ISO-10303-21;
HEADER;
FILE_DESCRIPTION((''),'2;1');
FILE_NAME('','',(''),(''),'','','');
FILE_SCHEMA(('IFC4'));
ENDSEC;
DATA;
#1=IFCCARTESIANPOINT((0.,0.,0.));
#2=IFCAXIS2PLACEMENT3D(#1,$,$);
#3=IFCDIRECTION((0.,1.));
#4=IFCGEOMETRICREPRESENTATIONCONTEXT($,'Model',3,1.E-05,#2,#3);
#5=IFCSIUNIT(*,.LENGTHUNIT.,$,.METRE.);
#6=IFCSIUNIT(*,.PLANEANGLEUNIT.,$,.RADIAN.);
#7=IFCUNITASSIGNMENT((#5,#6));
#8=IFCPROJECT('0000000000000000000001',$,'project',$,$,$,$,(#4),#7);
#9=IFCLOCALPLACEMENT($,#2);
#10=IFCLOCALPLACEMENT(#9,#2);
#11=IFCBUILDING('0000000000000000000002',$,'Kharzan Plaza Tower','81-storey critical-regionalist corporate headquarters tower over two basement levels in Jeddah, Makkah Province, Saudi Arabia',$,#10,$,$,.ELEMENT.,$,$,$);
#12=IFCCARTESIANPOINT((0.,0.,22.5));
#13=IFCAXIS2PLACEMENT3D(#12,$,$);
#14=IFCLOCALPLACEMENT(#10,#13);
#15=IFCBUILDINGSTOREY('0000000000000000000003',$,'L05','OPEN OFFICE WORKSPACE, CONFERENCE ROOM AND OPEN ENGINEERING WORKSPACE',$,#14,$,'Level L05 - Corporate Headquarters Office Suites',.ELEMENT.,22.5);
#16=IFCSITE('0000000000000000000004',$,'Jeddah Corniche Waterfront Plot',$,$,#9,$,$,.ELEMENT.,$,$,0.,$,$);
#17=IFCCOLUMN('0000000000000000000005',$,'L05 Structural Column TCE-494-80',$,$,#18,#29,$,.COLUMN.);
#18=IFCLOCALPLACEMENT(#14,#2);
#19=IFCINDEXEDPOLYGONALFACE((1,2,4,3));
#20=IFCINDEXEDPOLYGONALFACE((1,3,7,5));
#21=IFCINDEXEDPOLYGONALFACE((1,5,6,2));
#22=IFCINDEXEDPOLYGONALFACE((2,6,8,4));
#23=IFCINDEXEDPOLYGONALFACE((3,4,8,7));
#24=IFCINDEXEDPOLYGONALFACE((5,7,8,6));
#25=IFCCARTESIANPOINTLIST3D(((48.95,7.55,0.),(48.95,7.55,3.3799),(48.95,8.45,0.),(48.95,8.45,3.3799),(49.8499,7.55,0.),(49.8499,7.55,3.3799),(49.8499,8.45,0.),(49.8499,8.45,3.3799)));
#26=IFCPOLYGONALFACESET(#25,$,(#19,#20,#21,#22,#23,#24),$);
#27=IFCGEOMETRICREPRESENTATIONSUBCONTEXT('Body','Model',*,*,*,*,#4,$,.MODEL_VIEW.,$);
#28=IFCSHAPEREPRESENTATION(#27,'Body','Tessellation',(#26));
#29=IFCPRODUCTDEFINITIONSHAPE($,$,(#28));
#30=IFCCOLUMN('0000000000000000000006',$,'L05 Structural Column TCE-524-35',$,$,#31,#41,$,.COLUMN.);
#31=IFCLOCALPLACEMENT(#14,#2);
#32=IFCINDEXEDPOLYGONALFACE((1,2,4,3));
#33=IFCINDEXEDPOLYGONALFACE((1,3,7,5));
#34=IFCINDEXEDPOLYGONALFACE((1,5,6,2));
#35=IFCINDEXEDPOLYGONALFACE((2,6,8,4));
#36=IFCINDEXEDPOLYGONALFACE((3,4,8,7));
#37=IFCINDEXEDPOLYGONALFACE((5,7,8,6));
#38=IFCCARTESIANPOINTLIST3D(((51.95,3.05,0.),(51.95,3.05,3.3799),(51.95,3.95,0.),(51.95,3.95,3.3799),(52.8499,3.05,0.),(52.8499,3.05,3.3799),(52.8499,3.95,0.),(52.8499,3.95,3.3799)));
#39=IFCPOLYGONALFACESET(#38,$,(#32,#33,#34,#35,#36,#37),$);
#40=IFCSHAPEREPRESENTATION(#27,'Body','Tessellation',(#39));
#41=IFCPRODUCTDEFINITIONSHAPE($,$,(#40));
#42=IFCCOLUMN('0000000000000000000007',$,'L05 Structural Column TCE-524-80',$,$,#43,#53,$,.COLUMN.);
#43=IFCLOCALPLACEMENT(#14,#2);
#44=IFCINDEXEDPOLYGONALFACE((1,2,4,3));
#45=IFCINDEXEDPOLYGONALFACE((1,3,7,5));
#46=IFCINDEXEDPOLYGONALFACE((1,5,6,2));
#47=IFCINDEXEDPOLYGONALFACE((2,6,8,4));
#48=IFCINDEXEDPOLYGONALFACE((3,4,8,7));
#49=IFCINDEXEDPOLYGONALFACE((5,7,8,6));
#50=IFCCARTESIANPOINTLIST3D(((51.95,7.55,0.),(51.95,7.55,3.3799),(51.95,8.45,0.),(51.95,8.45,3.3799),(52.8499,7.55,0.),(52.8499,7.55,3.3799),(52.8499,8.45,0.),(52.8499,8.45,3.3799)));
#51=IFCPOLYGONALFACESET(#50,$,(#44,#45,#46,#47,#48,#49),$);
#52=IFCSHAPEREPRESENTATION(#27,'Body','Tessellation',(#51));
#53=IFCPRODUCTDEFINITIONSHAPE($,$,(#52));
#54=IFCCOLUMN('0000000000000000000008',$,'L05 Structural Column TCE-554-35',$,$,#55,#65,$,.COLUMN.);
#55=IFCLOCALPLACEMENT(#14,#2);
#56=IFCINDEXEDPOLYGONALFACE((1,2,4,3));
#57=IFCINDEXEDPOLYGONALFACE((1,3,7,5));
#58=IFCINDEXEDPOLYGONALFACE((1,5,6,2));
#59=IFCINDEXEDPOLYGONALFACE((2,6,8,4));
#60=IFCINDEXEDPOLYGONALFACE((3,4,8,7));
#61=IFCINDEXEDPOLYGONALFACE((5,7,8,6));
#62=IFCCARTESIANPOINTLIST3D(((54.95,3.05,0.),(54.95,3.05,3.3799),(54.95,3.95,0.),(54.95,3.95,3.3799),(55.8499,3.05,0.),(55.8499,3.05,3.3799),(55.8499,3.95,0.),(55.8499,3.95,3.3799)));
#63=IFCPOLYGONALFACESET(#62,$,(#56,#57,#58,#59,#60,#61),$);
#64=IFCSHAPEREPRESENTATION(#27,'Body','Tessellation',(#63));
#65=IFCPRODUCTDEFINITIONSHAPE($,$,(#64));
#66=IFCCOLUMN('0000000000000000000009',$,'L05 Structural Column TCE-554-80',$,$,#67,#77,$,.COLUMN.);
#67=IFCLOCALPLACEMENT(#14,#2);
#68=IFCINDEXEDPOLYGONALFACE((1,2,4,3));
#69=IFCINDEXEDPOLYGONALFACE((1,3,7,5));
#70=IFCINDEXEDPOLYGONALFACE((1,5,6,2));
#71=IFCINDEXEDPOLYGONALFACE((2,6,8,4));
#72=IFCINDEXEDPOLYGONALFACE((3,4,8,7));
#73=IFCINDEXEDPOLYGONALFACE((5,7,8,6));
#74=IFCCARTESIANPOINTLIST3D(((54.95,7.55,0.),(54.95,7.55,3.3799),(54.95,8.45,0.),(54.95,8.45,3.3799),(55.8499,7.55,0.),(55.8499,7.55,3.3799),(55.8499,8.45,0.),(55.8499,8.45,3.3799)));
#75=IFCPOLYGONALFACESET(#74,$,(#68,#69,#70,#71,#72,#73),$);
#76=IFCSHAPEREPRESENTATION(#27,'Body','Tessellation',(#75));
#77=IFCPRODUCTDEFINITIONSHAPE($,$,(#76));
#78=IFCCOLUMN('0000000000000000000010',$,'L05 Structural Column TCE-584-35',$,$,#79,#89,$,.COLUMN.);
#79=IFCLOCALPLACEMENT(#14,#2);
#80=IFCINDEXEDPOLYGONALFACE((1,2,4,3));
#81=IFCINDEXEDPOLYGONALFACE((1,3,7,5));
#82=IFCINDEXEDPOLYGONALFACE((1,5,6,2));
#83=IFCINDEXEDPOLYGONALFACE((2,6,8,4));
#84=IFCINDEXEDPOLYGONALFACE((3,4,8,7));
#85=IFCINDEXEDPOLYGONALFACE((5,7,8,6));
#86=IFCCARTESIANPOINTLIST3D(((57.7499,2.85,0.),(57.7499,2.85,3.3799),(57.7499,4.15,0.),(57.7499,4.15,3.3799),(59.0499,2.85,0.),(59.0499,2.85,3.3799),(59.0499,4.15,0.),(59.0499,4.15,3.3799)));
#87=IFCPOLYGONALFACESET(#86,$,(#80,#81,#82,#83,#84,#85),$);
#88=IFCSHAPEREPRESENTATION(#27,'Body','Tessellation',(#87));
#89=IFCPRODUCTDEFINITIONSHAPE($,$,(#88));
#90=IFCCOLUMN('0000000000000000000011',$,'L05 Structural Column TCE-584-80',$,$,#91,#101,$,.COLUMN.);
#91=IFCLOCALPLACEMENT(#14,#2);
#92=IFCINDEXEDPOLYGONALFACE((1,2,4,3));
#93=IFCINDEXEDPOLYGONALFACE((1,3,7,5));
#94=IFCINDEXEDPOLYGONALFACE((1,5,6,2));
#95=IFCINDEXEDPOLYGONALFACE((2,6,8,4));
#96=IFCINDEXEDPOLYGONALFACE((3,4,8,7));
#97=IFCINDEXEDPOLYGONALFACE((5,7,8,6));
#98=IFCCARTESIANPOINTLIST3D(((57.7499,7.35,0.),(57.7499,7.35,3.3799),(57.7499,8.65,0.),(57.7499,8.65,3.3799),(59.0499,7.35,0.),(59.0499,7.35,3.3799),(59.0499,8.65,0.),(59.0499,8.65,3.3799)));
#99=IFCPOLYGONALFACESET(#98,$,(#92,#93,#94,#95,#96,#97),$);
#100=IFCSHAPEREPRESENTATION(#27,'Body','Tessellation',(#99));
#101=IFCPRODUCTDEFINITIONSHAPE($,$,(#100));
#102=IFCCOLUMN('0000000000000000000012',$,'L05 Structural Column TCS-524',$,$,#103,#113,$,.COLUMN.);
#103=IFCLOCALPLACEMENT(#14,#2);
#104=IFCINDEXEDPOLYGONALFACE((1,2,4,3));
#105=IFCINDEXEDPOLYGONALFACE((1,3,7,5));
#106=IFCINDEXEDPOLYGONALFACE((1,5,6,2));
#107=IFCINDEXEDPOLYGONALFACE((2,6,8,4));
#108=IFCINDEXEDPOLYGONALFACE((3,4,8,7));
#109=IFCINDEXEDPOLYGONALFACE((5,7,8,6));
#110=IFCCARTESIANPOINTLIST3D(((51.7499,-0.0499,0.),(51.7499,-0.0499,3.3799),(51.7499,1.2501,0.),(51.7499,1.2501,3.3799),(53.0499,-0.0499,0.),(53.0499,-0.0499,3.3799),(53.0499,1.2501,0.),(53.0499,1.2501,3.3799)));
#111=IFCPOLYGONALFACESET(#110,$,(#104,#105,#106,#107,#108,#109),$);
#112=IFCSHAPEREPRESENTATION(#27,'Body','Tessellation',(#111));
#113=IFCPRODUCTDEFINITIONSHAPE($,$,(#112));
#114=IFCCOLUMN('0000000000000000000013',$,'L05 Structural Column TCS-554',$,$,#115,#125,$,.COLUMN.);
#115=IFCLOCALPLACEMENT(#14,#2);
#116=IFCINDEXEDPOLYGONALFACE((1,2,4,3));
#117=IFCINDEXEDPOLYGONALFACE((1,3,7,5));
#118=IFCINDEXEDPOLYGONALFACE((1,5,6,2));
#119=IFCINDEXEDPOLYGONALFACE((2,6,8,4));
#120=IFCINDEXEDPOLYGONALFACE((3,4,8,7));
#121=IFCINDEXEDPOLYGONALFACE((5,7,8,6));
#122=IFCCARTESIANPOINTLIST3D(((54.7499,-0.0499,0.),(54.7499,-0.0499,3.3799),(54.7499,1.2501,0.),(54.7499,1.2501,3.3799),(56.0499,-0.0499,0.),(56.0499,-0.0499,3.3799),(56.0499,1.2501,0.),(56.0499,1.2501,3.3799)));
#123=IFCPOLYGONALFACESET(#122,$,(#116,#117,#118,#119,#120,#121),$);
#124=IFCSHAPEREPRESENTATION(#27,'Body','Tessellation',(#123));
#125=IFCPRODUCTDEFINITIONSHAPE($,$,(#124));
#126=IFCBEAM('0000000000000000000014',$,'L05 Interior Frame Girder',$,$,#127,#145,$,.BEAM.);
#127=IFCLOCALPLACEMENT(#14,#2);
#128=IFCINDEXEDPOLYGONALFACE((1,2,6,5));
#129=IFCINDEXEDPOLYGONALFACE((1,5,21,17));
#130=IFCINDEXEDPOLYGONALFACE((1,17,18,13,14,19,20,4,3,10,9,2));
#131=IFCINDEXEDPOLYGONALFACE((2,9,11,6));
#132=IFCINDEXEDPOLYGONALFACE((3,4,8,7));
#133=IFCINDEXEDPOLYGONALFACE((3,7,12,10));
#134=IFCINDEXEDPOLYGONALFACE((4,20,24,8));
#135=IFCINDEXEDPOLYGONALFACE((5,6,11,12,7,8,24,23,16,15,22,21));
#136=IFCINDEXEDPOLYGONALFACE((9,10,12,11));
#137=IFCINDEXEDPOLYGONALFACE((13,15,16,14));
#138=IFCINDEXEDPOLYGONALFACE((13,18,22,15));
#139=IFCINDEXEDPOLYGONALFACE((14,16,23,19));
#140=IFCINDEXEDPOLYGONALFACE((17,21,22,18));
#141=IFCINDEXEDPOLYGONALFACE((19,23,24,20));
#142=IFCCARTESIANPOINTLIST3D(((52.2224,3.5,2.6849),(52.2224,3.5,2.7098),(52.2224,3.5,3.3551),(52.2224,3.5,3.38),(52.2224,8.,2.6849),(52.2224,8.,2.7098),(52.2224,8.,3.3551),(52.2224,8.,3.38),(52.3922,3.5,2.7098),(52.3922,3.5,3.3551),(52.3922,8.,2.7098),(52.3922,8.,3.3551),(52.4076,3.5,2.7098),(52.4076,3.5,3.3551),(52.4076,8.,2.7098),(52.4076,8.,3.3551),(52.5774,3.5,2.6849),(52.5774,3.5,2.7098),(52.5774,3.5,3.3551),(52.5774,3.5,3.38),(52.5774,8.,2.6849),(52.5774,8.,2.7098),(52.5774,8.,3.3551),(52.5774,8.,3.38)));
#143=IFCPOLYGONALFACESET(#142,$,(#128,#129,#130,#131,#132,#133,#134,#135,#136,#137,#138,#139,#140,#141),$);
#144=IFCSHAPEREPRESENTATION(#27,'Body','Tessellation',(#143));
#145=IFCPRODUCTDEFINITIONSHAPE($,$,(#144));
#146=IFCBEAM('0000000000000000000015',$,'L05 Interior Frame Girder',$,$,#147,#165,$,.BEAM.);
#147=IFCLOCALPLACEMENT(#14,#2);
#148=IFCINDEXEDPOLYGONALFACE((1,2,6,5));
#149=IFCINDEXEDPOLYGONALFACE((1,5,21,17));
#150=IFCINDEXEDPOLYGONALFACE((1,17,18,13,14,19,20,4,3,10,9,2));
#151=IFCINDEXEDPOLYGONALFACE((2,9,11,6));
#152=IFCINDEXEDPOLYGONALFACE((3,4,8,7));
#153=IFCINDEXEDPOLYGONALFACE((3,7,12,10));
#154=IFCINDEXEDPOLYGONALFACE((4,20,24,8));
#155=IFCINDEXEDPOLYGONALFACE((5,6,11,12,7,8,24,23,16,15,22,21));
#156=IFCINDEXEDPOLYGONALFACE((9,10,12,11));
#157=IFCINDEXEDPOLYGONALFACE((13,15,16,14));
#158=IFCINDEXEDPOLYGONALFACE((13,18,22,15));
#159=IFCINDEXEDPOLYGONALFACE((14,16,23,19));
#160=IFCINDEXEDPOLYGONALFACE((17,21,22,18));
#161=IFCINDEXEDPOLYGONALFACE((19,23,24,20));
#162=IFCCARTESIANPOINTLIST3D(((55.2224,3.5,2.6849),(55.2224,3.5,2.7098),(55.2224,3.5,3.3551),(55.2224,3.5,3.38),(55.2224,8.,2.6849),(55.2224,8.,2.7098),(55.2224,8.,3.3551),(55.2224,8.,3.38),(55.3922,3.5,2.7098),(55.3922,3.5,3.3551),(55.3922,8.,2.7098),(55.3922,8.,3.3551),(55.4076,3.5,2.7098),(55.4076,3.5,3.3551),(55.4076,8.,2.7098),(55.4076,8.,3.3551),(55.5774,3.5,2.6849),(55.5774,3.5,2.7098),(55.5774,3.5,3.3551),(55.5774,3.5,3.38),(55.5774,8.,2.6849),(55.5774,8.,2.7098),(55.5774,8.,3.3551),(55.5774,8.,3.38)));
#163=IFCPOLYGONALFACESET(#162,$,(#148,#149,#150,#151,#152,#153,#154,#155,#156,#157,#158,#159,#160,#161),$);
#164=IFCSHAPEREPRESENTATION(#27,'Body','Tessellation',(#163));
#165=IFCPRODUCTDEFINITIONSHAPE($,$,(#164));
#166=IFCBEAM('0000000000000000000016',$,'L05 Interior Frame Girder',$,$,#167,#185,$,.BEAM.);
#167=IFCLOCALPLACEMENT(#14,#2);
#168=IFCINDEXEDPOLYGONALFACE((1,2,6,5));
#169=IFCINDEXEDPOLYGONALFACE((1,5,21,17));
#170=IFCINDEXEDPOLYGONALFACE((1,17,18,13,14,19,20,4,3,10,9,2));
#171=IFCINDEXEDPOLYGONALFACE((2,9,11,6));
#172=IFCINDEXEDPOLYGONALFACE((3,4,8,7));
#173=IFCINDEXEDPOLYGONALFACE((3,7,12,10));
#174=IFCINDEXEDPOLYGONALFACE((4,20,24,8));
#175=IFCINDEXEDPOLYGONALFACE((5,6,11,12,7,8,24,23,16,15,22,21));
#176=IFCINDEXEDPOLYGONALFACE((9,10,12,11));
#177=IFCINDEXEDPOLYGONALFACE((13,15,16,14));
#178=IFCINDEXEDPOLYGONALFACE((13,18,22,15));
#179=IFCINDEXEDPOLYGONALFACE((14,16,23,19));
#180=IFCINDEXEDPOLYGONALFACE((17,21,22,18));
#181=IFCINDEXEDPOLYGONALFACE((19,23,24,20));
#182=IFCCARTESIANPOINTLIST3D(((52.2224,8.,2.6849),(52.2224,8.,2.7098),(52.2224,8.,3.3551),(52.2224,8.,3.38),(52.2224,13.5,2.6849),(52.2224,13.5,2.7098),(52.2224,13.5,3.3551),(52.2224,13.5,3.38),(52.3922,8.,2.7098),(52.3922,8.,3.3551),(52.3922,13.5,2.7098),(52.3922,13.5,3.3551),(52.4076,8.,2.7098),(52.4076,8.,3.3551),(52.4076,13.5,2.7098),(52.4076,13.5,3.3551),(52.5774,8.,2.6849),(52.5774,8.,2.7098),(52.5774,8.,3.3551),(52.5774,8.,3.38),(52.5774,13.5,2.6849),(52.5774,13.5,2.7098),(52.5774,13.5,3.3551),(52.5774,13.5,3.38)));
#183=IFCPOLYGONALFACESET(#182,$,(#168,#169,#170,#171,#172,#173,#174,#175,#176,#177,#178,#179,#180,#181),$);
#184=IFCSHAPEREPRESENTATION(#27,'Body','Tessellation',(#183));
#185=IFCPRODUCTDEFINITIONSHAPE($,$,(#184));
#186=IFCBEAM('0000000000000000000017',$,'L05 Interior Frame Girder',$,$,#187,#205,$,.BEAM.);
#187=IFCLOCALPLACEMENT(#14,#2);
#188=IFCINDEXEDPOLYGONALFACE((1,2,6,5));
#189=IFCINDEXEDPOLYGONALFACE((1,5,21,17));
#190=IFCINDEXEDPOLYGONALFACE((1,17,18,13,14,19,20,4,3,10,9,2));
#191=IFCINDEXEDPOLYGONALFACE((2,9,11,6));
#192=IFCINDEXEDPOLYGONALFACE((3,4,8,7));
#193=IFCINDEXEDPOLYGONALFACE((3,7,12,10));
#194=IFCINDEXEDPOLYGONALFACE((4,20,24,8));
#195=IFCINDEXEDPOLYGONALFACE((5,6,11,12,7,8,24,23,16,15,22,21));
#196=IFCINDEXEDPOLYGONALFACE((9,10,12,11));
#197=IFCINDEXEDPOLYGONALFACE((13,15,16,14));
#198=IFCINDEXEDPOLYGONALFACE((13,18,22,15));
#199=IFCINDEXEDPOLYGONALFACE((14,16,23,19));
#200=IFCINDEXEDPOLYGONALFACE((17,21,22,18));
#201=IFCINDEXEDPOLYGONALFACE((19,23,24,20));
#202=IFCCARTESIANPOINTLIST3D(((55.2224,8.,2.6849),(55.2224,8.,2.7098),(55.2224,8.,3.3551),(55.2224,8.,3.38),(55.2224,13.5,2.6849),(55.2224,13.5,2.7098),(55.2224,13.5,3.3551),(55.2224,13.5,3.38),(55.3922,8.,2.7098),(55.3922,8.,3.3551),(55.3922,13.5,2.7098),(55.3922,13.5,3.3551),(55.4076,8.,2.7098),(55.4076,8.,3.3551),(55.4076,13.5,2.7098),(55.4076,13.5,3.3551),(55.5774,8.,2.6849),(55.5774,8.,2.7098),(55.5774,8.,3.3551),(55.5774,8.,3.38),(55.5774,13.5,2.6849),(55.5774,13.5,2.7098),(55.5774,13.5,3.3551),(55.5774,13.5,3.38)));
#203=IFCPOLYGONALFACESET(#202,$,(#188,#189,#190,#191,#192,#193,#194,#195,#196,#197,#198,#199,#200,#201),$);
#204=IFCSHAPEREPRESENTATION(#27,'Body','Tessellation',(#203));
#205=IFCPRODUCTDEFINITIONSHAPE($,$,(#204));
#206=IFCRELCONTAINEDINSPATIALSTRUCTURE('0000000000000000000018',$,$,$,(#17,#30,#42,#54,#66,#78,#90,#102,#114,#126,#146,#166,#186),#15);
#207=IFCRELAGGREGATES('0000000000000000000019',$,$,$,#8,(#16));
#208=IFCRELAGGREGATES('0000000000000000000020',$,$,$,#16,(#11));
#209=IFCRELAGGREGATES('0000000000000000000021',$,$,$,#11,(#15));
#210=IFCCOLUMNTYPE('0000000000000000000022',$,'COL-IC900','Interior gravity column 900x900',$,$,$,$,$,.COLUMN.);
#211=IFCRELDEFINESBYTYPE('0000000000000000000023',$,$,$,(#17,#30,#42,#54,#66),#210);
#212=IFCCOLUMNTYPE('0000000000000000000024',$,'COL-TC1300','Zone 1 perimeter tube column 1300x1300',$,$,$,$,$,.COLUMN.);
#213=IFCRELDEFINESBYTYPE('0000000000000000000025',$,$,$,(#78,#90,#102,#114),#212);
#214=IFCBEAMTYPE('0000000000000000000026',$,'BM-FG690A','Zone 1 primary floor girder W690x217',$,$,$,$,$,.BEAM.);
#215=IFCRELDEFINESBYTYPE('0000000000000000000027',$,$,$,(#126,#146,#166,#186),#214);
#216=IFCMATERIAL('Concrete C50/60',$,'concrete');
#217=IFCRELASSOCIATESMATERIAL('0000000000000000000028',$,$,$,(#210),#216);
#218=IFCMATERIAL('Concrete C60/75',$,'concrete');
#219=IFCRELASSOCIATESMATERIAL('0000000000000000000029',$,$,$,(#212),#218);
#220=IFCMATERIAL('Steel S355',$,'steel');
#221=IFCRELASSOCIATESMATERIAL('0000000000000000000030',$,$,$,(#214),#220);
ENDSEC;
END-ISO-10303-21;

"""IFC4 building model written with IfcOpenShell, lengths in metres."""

from ifc_helpers import new_model, si_unit, direction, frame, origin, origin_2d, place, context, subcontext, project, spatial, rectangle, i_section, extrude, source, transform, mapped, material, material_profile, profile_set, type_object, element, save


model = new_model("IFC4")

# Units and contexts
model_context = context("Model", 3, precision=1e-05, world=origin(), true_north=direction((0.0, 1.0)))
body_context = subcontext(model_context, "Body", "Model", "MODEL_VIEW")
ifc_project = project(units=[si_unit("LENGTHUNIT", "METRE"), si_unit("PLANEANGLEUNIT", "RADIAN")], contexts=[model_context])

# Site, building, storey
site_placement = place(None, origin())
site = spatial("IfcSite", under=ifc_project, at=site_placement, Name="Jeddah Corniche Waterfront Plot", CompositionType="ELEMENT", RefElevation=0.0)
building_placement = place(site_placement, origin())
building = spatial("IfcBuilding", under=site, at=building_placement, Name="Kharzan Plaza Tower", Description="81-storey critical-regionalist corporate headquarters tower over two basement levels in Jeddah, Makkah Province, Saudi Arabia", CompositionType="ELEMENT")
storey_placement = place(building_placement, frame((0.0, 0.0, 22.5)))
storey = spatial("IfcBuildingStorey", under=building, at=storey_placement, Name="L05", Description="OPEN OFFICE WORKSPACE, CONFERENCE ROOM AND OPEN ENGINEERING WORKSPACE", LongName="Level L05 - Corporate Headquarters Office Suites", CompositionType="ELEMENT", Elevation=22.5)

# Columns
ifc_material_1 = material(Name="Concrete C50/60", Category="concrete")
ifc_material_profile_1 = material_profile(ifc_material_1, rectangle(XDim=0.8999, YDim=0.8999, at=origin_2d()), Name="RC-IC900x900")
ifc_profile_set_1 = profile_set([ifc_material_profile_1], Name="Concrete C50/60")
column_type_1 = type_object("IfcColumnType", Name="COL-IC900", Description="Interior gravity column 900x900", PredefinedType="COLUMN", material=ifc_profile_set_1)
shared_shape_1 = source(origin(), body_context, "Body", "SweptSolid", [
    extrude(rectangle(XDim=0.8999, YDim=0.8999, at=origin_2d()), origin(), (0.0, 0.0, 1.0), 3.3799),
])
for number, where, z_axis, x_axis, name in (
    (1, (49.3999, 8.0, 0.0), (0.0, 0.0, 1.0), (1.0, 0.0, 0.0), "L05 Structural Column TCE-494-80"),
    (2, (52.3999, 3.5, 0.0), (0.0, 0.0, 1.0), (1.0, 0.0, 0.0), "L05 Structural Column TCE-524-35"),
    (3, (52.3999, 8.0, 0.0), (0.0, 0.0, 1.0), (1.0, 0.0, 0.0), "L05 Structural Column TCE-524-80"),
    (4, (55.3999, 3.5, 0.0), (0.0, 0.0, 1.0), (1.0, 0.0, 0.0), "L05 Structural Column TCE-554-35"),
    (5, (55.3999, 8.0, 0.0), (0.0, 0.0, 1.0), (1.0, 0.0, 0.0), "L05 Structural Column TCE-554-80"),
):
    element("IfcColumn", number, at=place(storey_placement, frame(where, z_axis=z_axis, x_axis=x_axis)), inside=storey, type_object=column_type_1, Name=name, PredefinedType="COLUMN", context=body_context, shape_type="MappedRepresentation", body=[
        mapped(shared_shape_1, transform((0.0, 0.0, 0.0), x_axis=(1.0, 0.0, 0.0), y_axis=(0.0, 1.0, 0.0), z_axis=(0.0, 0.0, 1.0))),
    ])
ifc_material_2 = material(Name="Concrete C60/75", Category="concrete")
ifc_material_profile_2 = material_profile(ifc_material_2, rectangle(XDim=1.3, YDim=1.3, at=origin_2d()), Name="RC-TC1300x1300")
ifc_profile_set_2 = profile_set([ifc_material_profile_2], Name="Concrete C60/75")
column_type_2 = type_object("IfcColumnType", Name="COL-TC1300", Description="Zone 1 perimeter tube column 1300x1300", PredefinedType="COLUMN", material=ifc_profile_set_2)
shared_shape_2 = source(origin(), body_context, "Body", "SweptSolid", [
    extrude(rectangle(XDim=1.3, YDim=1.3, at=origin_2d()), origin(), (0.0, 0.0, 1.0), 3.3799),
])
for number, where, z_axis, x_axis, name in (
    (6, (58.3999, 3.5, 0.0), (0.0, 0.0, 1.0), (1.0, 0.0, 0.0), "L05 Structural Column TCE-584-35"),
    (7, (58.3999, 8.0, 0.0), (0.0, 0.0, 1.0), (1.0, 0.0, 0.0), "L05 Structural Column TCE-584-80"),
    (8, (52.3999, 0.6001, 0.0), (0.0, 0.0, 1.0), (1.0, 0.0, 0.0), "L05 Structural Column TCS-524"),
    (9, (55.3999, 0.6001, 0.0), (0.0, 0.0, 1.0), (1.0, 0.0, 0.0), "L05 Structural Column TCS-554"),
):
    element("IfcColumn", number, at=place(storey_placement, frame(where, z_axis=z_axis, x_axis=x_axis)), inside=storey, type_object=column_type_2, Name=name, PredefinedType="COLUMN", context=body_context, shape_type="MappedRepresentation", body=[
        mapped(shared_shape_2, transform((0.0, 0.0, 0.0), x_axis=(1.0, 0.0, 0.0), y_axis=(0.0, 1.0, 0.0), z_axis=(0.0, 0.0, 1.0))),
    ])

# Beams
ifc_material_3 = material(Name="Steel S355", Category="steel")
ifc_material_profile_3 = material_profile(ifc_material_3, i_section(OverallWidth=0.355, OverallDepth=0.6951, WebThickness=0.0154, FlangeThickness=0.0249, at=origin_2d()), Name="W690x217")
ifc_profile_set_3 = profile_set([ifc_material_profile_3], Name="Steel S355")
beam_type_1 = type_object("IfcBeamType", Name="BM-FG690A", Description="Zone 1 primary floor girder W690x217", PredefinedType="BEAM", material=ifc_profile_set_3)
shared_shape_3 = source(origin(), body_context, "Body", "SweptSolid", [
    extrude(i_section(OverallWidth=0.355, OverallDepth=0.6951, WebThickness=0.0154, FlangeThickness=0.0249, at=origin_2d()), origin(), (0.0, 0.0, 1.0), 4.5),
])
for number, where, z_axis, x_axis, name in (
    (10, (52.3999, 3.5, 3.0325), (0.0, 1.0, 0.0), (-1.0, 0.0, 0.0), "L05 Interior Frame Girder"),
    (11, (55.3999, 3.5, 3.0325), (0.0, 1.0, 0.0), (-1.0, 0.0, 0.0), "L05 Interior Frame Girder"),
):
    element("IfcBeam", number, at=place(storey_placement, frame(where, z_axis=z_axis, x_axis=x_axis)), inside=storey, type_object=beam_type_1, Name=name, PredefinedType="BEAM", context=body_context, shape_type="MappedRepresentation", body=[
        mapped(shared_shape_3, transform((0.0, 0.0, 0.0), x_axis=(1.0, 0.0, 0.0), y_axis=(0.0, 1.0, 0.0), z_axis=(0.0, 0.0, 1.0))),
    ])
shared_shape_4 = source(origin(), body_context, "Body", "SweptSolid", [
    extrude(i_section(OverallWidth=0.355, OverallDepth=0.6951, WebThickness=0.0154, FlangeThickness=0.0249, at=origin_2d()), origin(), (0.0, 0.0, 1.0), 5.5),
])
for number, where, z_axis, x_axis, name in (
    (12, (52.3999, 8.0, 3.0325), (0.0, 1.0, 0.0), (-1.0, 0.0, 0.0), "L05 Interior Frame Girder"),
    (13, (55.3999, 8.0, 3.0325), (0.0, 1.0, 0.0), (-1.0, 0.0, 0.0), "L05 Interior Frame Girder"),
):
    element("IfcBeam", number, at=place(storey_placement, frame(where, z_axis=z_axis, x_axis=x_axis)), inside=storey, type_object=beam_type_1, Name=name, PredefinedType="BEAM", context=body_context, shape_type="MappedRepresentation", body=[
        mapped(shared_shape_4, transform((0.0, 0.0, 0.0), x_axis=(1.0, 0.0, 0.0), y_axis=(0.0, 1.0, 0.0), z_axis=(0.0, 0.0, 1.0))),
    ])

save(model, "model.ifc")
